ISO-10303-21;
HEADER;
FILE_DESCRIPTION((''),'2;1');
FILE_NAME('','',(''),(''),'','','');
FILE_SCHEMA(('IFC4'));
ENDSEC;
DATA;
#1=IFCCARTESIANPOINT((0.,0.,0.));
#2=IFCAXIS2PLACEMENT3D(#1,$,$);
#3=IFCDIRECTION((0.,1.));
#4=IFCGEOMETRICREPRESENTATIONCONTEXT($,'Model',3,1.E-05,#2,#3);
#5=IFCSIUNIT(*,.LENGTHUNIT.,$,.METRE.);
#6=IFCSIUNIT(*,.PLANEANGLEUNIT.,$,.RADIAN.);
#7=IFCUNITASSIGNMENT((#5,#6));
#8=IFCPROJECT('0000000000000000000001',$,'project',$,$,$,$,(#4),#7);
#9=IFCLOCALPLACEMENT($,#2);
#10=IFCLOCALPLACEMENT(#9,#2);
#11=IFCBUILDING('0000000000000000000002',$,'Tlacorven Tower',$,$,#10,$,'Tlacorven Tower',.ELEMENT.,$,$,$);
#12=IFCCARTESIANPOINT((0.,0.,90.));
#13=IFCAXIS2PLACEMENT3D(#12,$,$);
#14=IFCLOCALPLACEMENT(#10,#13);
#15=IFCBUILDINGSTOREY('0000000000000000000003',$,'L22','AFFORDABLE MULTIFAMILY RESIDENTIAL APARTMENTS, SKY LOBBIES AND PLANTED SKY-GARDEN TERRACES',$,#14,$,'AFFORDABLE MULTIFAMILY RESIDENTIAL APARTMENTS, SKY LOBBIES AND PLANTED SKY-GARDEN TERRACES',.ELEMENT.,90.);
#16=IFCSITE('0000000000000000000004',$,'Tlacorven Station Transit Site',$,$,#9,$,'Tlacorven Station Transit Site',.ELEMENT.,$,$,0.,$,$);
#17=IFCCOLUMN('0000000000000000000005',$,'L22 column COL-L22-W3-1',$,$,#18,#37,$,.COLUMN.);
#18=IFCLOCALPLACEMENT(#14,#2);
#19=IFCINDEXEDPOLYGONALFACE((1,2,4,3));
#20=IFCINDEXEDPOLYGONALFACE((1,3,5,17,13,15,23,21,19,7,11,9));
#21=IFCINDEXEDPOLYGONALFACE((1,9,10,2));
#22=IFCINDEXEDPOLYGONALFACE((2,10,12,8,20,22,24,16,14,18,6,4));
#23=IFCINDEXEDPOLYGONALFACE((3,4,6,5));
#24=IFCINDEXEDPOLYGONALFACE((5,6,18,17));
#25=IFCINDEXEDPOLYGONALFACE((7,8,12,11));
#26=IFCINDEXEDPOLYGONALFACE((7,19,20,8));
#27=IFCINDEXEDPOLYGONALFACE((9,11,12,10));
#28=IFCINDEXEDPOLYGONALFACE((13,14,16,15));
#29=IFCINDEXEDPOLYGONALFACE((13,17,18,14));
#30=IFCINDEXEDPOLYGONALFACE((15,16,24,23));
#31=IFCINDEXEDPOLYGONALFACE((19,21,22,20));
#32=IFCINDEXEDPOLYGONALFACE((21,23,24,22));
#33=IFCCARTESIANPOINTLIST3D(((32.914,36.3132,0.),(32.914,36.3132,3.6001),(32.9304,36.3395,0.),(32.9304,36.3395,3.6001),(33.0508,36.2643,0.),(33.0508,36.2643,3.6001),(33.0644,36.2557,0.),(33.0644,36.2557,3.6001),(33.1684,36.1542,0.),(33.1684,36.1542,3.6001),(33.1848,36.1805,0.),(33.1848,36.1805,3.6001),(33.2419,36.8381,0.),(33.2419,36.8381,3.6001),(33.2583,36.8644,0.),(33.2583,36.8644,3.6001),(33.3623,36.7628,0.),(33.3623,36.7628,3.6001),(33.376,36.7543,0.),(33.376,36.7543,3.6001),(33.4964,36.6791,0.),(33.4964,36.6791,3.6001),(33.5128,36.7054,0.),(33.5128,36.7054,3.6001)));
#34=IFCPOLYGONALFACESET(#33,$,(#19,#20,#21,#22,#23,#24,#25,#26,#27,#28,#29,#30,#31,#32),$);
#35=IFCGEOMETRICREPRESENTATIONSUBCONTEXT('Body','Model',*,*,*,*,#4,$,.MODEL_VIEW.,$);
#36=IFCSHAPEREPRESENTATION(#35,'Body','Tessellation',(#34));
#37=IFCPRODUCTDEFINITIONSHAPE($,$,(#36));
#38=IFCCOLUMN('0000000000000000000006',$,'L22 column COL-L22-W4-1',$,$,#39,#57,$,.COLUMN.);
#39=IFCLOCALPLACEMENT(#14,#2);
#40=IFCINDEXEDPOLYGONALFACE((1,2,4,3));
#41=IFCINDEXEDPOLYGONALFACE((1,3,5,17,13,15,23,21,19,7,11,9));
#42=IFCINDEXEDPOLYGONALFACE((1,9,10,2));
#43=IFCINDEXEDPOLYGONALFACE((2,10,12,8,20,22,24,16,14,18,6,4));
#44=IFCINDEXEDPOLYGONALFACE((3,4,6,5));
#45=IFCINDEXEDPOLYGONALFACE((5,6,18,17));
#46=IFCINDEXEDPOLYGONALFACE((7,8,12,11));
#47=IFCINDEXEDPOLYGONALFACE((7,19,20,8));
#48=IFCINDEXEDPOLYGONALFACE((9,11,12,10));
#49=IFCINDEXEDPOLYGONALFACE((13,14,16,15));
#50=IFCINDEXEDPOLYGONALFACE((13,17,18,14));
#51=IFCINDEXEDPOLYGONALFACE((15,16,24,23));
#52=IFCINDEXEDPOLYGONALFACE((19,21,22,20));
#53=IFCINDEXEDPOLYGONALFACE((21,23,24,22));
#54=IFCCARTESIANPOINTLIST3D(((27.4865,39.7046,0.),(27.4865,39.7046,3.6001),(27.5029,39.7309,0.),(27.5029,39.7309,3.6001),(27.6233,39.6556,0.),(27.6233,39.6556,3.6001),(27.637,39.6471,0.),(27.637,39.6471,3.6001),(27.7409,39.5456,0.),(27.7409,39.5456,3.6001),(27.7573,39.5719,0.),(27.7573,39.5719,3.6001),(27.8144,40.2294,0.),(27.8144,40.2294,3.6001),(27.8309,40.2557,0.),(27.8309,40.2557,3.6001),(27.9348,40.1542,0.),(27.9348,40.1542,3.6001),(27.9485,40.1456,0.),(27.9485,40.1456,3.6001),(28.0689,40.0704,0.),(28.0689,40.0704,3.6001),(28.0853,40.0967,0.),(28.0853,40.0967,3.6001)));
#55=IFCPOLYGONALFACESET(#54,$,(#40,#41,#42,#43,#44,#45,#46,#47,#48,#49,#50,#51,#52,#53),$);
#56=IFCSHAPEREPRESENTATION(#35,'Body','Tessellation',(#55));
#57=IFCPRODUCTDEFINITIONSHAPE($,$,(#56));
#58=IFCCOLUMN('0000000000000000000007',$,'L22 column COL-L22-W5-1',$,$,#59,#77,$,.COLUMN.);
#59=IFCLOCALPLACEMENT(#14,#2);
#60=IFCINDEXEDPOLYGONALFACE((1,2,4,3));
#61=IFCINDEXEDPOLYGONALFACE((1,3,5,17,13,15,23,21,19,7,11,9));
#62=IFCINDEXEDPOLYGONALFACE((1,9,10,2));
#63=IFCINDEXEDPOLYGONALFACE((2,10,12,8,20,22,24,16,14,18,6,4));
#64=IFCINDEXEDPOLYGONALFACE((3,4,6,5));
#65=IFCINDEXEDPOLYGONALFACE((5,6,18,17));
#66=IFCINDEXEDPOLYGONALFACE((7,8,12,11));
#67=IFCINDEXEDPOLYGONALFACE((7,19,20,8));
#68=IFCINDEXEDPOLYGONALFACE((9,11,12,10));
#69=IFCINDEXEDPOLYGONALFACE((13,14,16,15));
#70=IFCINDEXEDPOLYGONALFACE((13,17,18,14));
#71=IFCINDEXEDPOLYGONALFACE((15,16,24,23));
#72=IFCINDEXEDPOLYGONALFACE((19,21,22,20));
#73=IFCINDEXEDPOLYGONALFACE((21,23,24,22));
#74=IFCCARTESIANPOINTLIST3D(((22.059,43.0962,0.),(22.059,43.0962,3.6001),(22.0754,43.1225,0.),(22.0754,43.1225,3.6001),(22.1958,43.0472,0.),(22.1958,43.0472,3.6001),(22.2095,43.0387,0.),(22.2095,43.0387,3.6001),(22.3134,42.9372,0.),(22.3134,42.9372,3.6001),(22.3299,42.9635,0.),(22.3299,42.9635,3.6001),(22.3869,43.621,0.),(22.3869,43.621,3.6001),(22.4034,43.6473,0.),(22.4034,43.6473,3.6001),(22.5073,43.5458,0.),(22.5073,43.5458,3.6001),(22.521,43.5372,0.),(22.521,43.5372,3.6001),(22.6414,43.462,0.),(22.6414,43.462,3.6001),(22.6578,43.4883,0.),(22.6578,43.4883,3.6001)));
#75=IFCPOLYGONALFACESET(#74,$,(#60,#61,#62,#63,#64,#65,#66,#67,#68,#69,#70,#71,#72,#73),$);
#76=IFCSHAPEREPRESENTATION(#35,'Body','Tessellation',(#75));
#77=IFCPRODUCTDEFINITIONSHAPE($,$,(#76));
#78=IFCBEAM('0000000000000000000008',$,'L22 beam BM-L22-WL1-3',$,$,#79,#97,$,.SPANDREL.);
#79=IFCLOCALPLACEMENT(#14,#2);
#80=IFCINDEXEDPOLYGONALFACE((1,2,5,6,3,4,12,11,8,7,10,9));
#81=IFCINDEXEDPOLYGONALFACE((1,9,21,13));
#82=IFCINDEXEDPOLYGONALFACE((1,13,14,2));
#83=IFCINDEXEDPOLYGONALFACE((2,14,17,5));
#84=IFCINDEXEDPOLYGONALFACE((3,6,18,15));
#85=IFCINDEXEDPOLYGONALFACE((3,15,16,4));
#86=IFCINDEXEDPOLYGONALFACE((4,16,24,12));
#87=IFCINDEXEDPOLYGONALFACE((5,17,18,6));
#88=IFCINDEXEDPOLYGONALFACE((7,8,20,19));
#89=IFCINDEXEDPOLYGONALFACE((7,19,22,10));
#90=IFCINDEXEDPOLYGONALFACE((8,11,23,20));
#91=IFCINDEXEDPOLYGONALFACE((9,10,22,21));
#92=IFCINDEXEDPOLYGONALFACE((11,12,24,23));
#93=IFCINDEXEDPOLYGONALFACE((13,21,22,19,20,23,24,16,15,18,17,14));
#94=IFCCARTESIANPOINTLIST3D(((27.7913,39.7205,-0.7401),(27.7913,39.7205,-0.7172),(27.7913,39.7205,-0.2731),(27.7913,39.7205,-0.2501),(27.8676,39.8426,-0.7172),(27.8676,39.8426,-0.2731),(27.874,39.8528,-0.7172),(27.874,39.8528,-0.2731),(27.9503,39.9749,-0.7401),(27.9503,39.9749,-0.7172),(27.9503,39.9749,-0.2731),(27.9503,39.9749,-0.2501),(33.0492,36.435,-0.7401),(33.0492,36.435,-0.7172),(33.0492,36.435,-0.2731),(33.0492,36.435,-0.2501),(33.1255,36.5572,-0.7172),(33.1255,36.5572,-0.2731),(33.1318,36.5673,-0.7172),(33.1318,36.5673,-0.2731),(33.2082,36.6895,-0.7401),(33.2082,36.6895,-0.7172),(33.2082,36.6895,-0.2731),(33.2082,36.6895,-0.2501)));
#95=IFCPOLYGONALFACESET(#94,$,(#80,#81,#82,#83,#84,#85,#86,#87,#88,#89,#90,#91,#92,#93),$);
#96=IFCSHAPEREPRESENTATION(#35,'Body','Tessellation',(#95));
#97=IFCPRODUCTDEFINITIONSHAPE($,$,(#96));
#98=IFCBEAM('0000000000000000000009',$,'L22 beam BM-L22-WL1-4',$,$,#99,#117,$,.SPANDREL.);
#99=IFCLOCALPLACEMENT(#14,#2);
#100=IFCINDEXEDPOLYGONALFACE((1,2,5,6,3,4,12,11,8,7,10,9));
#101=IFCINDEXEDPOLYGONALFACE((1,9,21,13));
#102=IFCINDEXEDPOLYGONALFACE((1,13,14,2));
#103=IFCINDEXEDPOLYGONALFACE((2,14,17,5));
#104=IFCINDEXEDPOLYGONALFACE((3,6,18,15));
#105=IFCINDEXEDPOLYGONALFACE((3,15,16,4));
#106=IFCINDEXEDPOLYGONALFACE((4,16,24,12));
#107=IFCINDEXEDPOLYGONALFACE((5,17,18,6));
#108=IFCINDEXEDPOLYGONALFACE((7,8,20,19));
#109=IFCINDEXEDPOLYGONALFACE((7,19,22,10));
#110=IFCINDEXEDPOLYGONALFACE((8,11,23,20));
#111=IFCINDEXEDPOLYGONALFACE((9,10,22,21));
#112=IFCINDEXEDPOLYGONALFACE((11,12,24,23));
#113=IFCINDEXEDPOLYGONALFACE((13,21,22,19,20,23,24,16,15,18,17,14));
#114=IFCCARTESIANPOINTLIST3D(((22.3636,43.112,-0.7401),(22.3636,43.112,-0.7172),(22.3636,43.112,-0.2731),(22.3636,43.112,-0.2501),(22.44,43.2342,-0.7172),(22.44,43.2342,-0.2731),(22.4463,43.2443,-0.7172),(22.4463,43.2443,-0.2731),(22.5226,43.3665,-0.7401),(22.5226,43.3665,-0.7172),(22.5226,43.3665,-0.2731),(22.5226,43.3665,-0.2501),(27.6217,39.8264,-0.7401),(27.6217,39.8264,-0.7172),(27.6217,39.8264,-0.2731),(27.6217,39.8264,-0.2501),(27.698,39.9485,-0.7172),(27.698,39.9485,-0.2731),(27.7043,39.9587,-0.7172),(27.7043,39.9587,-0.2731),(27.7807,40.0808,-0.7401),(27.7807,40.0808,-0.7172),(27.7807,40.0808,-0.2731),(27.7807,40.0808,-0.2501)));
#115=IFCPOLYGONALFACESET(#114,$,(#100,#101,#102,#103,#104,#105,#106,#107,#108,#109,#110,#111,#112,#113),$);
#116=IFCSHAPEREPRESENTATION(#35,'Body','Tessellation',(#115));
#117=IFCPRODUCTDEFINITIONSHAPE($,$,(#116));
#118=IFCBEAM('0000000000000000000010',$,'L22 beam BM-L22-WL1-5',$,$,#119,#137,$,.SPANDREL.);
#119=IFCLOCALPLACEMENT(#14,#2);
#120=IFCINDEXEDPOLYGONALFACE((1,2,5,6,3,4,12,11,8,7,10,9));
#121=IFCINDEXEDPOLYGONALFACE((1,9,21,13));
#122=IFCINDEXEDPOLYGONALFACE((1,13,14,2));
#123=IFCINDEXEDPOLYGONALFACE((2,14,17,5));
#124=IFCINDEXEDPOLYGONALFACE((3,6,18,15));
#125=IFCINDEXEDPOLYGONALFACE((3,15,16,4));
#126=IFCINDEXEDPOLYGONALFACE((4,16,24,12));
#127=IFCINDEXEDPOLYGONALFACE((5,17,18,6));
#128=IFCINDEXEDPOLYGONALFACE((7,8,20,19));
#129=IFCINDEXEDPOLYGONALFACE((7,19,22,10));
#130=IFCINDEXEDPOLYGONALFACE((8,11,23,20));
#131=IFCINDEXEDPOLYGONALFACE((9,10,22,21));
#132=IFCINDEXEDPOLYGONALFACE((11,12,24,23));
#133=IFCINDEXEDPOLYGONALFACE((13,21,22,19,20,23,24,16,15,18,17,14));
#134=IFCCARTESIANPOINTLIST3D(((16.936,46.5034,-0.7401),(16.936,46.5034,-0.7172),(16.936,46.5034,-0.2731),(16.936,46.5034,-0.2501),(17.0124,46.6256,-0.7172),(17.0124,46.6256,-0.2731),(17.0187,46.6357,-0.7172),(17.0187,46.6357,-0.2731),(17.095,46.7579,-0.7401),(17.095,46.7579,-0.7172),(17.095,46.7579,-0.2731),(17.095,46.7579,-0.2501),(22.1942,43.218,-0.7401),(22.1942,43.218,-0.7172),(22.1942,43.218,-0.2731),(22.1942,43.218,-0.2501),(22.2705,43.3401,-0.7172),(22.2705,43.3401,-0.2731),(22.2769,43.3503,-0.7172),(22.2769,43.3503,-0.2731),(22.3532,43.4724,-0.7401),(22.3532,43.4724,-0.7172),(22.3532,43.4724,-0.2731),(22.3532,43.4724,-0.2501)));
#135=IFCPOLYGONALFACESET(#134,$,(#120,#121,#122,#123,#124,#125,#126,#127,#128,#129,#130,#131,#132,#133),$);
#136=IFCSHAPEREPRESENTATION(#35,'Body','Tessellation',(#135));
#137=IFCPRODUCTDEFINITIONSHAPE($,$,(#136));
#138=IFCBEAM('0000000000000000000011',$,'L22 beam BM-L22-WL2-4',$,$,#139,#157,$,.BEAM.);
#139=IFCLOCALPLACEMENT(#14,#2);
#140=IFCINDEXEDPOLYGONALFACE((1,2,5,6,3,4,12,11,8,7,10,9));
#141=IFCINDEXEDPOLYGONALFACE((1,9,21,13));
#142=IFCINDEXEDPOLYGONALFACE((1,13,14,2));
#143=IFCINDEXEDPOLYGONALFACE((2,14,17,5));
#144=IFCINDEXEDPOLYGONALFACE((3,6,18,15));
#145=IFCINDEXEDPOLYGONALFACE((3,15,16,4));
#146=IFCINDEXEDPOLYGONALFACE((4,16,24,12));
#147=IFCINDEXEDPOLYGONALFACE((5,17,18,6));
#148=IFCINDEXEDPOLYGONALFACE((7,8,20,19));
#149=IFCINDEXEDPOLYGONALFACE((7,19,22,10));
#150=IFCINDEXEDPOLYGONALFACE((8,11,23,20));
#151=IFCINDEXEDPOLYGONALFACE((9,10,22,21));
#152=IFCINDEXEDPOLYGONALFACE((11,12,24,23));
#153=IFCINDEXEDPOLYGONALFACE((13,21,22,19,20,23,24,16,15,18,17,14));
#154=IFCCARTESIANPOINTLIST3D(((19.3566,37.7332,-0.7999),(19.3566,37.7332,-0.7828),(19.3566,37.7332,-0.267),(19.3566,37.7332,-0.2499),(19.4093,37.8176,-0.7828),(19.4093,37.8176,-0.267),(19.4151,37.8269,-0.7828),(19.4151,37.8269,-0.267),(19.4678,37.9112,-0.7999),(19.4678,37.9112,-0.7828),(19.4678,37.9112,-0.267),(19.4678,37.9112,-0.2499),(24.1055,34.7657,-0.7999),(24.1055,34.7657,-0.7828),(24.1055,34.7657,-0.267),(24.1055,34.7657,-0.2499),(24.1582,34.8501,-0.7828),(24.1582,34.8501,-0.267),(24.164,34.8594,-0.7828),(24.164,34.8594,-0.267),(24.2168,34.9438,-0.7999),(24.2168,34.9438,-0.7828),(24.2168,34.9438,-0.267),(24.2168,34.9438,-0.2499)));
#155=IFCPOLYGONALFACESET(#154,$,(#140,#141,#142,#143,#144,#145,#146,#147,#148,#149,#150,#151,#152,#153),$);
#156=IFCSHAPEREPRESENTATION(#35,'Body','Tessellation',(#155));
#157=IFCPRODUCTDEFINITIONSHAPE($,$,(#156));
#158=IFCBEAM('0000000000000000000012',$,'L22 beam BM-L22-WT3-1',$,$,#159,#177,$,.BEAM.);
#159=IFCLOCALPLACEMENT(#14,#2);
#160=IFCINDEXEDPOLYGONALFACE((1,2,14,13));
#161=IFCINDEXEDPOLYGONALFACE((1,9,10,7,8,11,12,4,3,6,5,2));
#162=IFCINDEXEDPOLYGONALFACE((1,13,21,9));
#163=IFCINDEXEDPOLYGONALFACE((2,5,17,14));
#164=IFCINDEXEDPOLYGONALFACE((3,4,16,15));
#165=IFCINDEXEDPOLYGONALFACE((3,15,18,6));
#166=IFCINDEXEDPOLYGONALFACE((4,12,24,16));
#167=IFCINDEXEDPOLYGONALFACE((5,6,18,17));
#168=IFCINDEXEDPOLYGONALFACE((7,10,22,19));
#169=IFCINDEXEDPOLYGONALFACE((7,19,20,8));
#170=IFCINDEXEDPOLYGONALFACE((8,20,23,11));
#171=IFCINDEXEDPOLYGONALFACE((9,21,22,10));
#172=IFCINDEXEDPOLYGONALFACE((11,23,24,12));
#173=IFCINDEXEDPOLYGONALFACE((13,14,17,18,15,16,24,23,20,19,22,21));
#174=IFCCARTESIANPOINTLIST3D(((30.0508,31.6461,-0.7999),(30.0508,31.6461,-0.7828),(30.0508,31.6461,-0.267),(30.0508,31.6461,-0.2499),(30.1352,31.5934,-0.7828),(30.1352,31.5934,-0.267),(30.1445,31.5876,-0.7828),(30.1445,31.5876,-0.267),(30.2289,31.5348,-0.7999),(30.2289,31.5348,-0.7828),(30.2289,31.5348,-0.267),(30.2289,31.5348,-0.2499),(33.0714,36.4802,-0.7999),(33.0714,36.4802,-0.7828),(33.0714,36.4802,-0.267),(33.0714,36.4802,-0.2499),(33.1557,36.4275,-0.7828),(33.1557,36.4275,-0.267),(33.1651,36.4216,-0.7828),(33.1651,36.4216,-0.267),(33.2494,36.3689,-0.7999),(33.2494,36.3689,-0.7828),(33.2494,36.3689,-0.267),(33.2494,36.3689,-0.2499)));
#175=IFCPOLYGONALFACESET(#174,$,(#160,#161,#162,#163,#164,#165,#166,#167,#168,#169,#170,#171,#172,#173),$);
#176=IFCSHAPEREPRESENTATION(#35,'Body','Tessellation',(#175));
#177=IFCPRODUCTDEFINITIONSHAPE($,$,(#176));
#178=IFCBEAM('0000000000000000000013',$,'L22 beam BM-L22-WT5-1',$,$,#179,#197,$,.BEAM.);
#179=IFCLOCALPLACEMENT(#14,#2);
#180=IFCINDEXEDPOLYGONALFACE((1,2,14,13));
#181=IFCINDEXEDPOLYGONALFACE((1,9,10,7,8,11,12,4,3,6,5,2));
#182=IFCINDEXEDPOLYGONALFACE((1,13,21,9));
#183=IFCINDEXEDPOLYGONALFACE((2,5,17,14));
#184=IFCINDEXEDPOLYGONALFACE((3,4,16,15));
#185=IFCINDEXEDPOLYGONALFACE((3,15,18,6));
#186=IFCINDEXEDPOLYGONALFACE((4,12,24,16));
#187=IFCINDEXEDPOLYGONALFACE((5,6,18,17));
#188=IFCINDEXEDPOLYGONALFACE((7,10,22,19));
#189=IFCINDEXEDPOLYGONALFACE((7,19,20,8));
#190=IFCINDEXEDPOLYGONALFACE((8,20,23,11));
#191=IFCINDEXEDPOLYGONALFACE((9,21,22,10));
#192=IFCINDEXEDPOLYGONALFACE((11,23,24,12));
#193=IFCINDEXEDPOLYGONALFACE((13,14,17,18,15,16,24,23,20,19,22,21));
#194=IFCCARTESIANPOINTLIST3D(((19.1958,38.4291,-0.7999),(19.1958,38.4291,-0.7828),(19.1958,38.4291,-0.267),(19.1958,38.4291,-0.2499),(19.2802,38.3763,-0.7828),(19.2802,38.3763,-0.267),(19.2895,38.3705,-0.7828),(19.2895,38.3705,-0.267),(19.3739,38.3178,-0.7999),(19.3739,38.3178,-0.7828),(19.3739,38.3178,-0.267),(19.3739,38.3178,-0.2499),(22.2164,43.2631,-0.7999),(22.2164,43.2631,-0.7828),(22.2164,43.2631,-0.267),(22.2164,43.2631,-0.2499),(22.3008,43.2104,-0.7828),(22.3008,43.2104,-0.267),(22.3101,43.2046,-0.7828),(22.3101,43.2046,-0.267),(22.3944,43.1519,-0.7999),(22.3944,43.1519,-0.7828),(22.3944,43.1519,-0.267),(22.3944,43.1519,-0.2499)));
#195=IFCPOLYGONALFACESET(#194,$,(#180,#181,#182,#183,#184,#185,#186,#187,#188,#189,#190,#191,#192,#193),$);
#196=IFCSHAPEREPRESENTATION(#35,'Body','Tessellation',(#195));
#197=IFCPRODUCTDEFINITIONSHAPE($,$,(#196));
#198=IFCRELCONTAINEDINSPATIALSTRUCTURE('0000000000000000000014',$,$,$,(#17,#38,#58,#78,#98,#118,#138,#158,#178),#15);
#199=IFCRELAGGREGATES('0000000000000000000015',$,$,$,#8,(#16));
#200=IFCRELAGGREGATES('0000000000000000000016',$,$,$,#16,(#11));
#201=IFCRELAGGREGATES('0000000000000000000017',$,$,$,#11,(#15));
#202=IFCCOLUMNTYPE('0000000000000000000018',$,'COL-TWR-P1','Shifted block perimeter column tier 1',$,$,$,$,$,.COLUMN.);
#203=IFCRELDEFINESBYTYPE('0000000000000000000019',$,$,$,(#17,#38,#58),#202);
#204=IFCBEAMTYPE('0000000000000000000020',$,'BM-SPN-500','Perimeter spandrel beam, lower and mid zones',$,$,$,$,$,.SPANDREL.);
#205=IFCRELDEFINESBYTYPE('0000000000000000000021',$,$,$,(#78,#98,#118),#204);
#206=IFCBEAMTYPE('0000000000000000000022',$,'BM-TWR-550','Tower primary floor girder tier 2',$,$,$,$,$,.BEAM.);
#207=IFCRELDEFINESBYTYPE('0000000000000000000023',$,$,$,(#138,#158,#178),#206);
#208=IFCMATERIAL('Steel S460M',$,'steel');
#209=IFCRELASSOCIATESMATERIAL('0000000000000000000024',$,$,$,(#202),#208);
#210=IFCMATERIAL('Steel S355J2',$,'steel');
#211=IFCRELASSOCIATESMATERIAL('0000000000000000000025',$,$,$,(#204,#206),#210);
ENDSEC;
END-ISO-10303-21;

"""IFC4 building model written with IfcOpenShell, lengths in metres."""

from ifc_helpers import new_model, si_unit, direction, frame, origin, origin_2d, place, context, subcontext, project, spatial, i_section, extrude, source, transform, mapped, material, material_profile, profile_set, type_object, element, save


model = new_model("IFC4")

# Units and contexts
model_context = context("Model", 3, precision=1e-05, world=origin(), true_north=direction((0.0, 1.0)))
body_context = subcontext(model_context, "Body", "Model", "MODEL_VIEW")
ifc_project = project(units=[si_unit("LENGTHUNIT", "METRE"), si_unit("PLANEANGLEUNIT", "RADIAN")], contexts=[model_context])

# Site, building, storey
site_placement = place(None, origin())
site = spatial("IfcSite", under=ifc_project, at=site_placement, Name="Tlacorven Station Transit Site", LongName="Tlacorven Station Transit Site", CompositionType="ELEMENT", RefElevation=0.0)
building_placement = place(site_placement, origin())
building = spatial("IfcBuilding", under=site, at=building_placement, Name="Tlacorven Tower", LongName="Tlacorven Tower", CompositionType="ELEMENT")
storey_placement = place(building_placement, frame((0.0, 0.0, 90.0)))
storey = spatial("IfcBuildingStorey", under=building, at=storey_placement, Name="L22", Description="AFFORDABLE MULTIFAMILY RESIDENTIAL APARTMENTS, SKY LOBBIES AND PLANTED SKY-GARDEN TERRACES", LongName="AFFORDABLE MULTIFAMILY RESIDENTIAL APARTMENTS, SKY LOBBIES AND PLANTED SKY-GARDEN TERRACES", CompositionType="ELEMENT", Elevation=90.0)

# Columns
ifc_material_1 = material(Name="Steel S460M", Category="steel")
ifc_material_profile_1 = material_profile(ifc_material_1, i_section(OverallWidth=0.3, OverallDepth=0.6499, WebThickness=0.0161, FlangeThickness=0.031, at=origin_2d()), Name="HEB 650")
ifc_profile_set_1 = profile_set([ifc_material_profile_1], Name="Steel S460M")
column_type = type_object("IfcColumnType", Name="COL-TWR-P1", Description="Shifted block perimeter column tier 1", PredefinedType="COLUMN", material=ifc_profile_set_1)
shared_shape_1 = source(origin(), body_context, "Body", "SweptSolid", [
    extrude(i_section(OverallWidth=0.3, OverallDepth=0.6499, WebThickness=0.0161, FlangeThickness=0.031, at=origin_2d()), origin(), (0.0, 0.0, 1.0), 3.6001),
])
for number, where, z_axis, x_axis, name in (
    (1, (33.2134, 36.5093, 0.0), (0.0, 0.0, 1.0), (-0.848048, 0.529919, 0.0), "L22 column COL-L22-W3-1"),
    (2, (27.7859, 39.9006, 0.0), (0.0, 0.0, 1.0), (-0.848048, 0.529919, 0.0), "L22 column COL-L22-W4-1"),
    (3, (22.3584, 43.2922, 0.0), (0.0, 0.0, 1.0), (-0.848048, 0.529919, 0.0), "L22 column COL-L22-W5-1"),
):
    element("IfcColumn", number, at=place(storey_placement, frame(where, z_axis=z_axis, x_axis=x_axis)), inside=storey, type_object=column_type, Name=name, PredefinedType="COLUMN", context=body_context, shape_type="MappedRepresentation", body=[
        mapped(shared_shape_1, transform((0.0, 0.0, 0.0), scale=1.0)),
    ])

# Beams
ifc_material_2 = material(Name="Steel S355J2", Category="steel")
ifc_material_profile_2 = material_profile(ifc_material_2, i_section(OverallWidth=0.3, OverallDepth=0.49, WebThickness=0.012, FlangeThickness=0.0229, at=origin_2d()), Name="HEA 500")
ifc_profile_set_2 = profile_set([ifc_material_profile_2], Name="Steel S355J2")
beam_type_1 = type_object("IfcBeamType", Name="BM-SPN-500", Description="Perimeter spandrel beam, lower and mid zones", PredefinedType="SPANDREL", material=ifc_profile_set_2)
shared_shape_2 = source(origin(), body_context, "Body", "SweptSolid", [
    extrude(i_section(OverallWidth=0.3, OverallDepth=0.49, WebThickness=0.012, FlangeThickness=0.0229, at=origin_2d()), origin(), (0.0, 0.0, 1.0), 6.2),
])
beam_1_placement = place(storey_placement, frame((33.1287, 36.5623, -0.4951), z_axis=(-0.848051, 0.529914, 0.0), x_axis=(-0.529914, -0.848051, 0.0)))
element("IfcBeam", 4, at=beam_1_placement, inside=storey, type_object=beam_type_1, Name="L22 beam BM-L22-WL1-3", PredefinedType="SPANDREL", context=body_context, shape_type="MappedRepresentation", body=[
    mapped(shared_shape_2, transform((0.0, 0.0, 0.0), scale=1.0)),
])
shared_shape_3 = source(origin(), body_context, "Body", "SweptSolid", [
    extrude(i_section(OverallWidth=0.3, OverallDepth=0.49, WebThickness=0.012, FlangeThickness=0.0229, at=origin_2d()), origin(), (0.0, 0.0, 1.0), 6.2002),
])
for number, where, z_axis, x_axis, name in (
    (5, (27.7012, 39.9536, -0.4951), (-0.848045, 0.529925, 0.0), (-0.529925, -0.848045, 0.0), "L22 beam BM-L22-WL1-4"),
    (6, (22.2737, 43.3452, -0.4951), (-0.848062, 0.529896, 0.0), (-0.529896, -0.848062, 0.0), "L22 beam BM-L22-WL1-5"),
):
    element("IfcBeam", number, at=place(storey_placement, frame(where, z_axis=z_axis, x_axis=x_axis)), inside=storey, type_object=beam_type_1, Name=name, PredefinedType="SPANDREL", context=body_context, shape_type="MappedRepresentation", body=[
        mapped(shared_shape_3, transform((0.0, 0.0, 0.0), scale=1.0)),
    ])
ifc_material_profile_3 = material_profile(ifc_material_2, i_section(OverallWidth=0.21, OverallDepth=0.55, WebThickness=0.011, FlangeThickness=0.0171, at=origin_2d()), Name="IPE 550")
ifc_profile_set_3 = profile_set([ifc_material_profile_3], Name="Steel S355J2")
beam_type_2 = type_object("IfcBeamType", Name="BM-TWR-550", Description="Tower primary floor girder tier 2", PredefinedType="BEAM", material=ifc_profile_set_3)
shared_shape_4 = source(origin(), body_context, "Body", "SweptSolid", [
    extrude(i_section(OverallWidth=0.21, OverallDepth=0.55, WebThickness=0.011, FlangeThickness=0.0171, at=origin_2d()), origin(), (0.0, 0.0, 1.0), 5.5999),
])
beam_2_placement = place(storey_placement, frame((24.1611, 34.8547, -0.5249), z_axis=(-0.848047, 0.529921, 0.0), x_axis=(-0.529921, -0.848047, 0.0)))
element("IfcBeam", 7, at=beam_2_placement, inside=storey, type_object=beam_type_2, Name="L22 beam BM-L22-WL2-4", PredefinedType="BEAM", context=body_context, shape_type="MappedRepresentation", body=[
    mapped(shared_shape_4, transform((0.0, 0.0, 0.0), scale=1.0)),
])
shared_shape_5 = source(origin(), body_context, "Body", "SweptSolid", [
    extrude(i_section(OverallWidth=0.21, OverallDepth=0.55, WebThickness=0.011, FlangeThickness=0.0171, at=origin_2d()), origin(), (0.0, 0.0, 1.0), 5.7002),
])
for number, where, z_axis, x_axis, name in (
    (8, (33.1604, 36.4246, -0.5249), (-0.529907, -0.848056, 0.0), (0.848056, -0.529907, 0.0), "L22 beam BM-L22-WT3-1"),
    (9, (22.3054, 43.2075, -0.5249), (-0.529907, -0.848056, 0.0), (0.848056, -0.529907, 0.0), "L22 beam BM-L22-WT5-1"),
):
    element("IfcBeam", number, at=place(storey_placement, frame(where, z_axis=z_axis, x_axis=x_axis)), inside=storey, type_object=beam_type_2, Name=name, PredefinedType="BEAM", context=body_context, shape_type="MappedRepresentation", body=[
        mapped(shared_shape_5, transform((0.0, 0.0, 0.0), scale=1.0)),
    ])

save(model, "model.ifc")
